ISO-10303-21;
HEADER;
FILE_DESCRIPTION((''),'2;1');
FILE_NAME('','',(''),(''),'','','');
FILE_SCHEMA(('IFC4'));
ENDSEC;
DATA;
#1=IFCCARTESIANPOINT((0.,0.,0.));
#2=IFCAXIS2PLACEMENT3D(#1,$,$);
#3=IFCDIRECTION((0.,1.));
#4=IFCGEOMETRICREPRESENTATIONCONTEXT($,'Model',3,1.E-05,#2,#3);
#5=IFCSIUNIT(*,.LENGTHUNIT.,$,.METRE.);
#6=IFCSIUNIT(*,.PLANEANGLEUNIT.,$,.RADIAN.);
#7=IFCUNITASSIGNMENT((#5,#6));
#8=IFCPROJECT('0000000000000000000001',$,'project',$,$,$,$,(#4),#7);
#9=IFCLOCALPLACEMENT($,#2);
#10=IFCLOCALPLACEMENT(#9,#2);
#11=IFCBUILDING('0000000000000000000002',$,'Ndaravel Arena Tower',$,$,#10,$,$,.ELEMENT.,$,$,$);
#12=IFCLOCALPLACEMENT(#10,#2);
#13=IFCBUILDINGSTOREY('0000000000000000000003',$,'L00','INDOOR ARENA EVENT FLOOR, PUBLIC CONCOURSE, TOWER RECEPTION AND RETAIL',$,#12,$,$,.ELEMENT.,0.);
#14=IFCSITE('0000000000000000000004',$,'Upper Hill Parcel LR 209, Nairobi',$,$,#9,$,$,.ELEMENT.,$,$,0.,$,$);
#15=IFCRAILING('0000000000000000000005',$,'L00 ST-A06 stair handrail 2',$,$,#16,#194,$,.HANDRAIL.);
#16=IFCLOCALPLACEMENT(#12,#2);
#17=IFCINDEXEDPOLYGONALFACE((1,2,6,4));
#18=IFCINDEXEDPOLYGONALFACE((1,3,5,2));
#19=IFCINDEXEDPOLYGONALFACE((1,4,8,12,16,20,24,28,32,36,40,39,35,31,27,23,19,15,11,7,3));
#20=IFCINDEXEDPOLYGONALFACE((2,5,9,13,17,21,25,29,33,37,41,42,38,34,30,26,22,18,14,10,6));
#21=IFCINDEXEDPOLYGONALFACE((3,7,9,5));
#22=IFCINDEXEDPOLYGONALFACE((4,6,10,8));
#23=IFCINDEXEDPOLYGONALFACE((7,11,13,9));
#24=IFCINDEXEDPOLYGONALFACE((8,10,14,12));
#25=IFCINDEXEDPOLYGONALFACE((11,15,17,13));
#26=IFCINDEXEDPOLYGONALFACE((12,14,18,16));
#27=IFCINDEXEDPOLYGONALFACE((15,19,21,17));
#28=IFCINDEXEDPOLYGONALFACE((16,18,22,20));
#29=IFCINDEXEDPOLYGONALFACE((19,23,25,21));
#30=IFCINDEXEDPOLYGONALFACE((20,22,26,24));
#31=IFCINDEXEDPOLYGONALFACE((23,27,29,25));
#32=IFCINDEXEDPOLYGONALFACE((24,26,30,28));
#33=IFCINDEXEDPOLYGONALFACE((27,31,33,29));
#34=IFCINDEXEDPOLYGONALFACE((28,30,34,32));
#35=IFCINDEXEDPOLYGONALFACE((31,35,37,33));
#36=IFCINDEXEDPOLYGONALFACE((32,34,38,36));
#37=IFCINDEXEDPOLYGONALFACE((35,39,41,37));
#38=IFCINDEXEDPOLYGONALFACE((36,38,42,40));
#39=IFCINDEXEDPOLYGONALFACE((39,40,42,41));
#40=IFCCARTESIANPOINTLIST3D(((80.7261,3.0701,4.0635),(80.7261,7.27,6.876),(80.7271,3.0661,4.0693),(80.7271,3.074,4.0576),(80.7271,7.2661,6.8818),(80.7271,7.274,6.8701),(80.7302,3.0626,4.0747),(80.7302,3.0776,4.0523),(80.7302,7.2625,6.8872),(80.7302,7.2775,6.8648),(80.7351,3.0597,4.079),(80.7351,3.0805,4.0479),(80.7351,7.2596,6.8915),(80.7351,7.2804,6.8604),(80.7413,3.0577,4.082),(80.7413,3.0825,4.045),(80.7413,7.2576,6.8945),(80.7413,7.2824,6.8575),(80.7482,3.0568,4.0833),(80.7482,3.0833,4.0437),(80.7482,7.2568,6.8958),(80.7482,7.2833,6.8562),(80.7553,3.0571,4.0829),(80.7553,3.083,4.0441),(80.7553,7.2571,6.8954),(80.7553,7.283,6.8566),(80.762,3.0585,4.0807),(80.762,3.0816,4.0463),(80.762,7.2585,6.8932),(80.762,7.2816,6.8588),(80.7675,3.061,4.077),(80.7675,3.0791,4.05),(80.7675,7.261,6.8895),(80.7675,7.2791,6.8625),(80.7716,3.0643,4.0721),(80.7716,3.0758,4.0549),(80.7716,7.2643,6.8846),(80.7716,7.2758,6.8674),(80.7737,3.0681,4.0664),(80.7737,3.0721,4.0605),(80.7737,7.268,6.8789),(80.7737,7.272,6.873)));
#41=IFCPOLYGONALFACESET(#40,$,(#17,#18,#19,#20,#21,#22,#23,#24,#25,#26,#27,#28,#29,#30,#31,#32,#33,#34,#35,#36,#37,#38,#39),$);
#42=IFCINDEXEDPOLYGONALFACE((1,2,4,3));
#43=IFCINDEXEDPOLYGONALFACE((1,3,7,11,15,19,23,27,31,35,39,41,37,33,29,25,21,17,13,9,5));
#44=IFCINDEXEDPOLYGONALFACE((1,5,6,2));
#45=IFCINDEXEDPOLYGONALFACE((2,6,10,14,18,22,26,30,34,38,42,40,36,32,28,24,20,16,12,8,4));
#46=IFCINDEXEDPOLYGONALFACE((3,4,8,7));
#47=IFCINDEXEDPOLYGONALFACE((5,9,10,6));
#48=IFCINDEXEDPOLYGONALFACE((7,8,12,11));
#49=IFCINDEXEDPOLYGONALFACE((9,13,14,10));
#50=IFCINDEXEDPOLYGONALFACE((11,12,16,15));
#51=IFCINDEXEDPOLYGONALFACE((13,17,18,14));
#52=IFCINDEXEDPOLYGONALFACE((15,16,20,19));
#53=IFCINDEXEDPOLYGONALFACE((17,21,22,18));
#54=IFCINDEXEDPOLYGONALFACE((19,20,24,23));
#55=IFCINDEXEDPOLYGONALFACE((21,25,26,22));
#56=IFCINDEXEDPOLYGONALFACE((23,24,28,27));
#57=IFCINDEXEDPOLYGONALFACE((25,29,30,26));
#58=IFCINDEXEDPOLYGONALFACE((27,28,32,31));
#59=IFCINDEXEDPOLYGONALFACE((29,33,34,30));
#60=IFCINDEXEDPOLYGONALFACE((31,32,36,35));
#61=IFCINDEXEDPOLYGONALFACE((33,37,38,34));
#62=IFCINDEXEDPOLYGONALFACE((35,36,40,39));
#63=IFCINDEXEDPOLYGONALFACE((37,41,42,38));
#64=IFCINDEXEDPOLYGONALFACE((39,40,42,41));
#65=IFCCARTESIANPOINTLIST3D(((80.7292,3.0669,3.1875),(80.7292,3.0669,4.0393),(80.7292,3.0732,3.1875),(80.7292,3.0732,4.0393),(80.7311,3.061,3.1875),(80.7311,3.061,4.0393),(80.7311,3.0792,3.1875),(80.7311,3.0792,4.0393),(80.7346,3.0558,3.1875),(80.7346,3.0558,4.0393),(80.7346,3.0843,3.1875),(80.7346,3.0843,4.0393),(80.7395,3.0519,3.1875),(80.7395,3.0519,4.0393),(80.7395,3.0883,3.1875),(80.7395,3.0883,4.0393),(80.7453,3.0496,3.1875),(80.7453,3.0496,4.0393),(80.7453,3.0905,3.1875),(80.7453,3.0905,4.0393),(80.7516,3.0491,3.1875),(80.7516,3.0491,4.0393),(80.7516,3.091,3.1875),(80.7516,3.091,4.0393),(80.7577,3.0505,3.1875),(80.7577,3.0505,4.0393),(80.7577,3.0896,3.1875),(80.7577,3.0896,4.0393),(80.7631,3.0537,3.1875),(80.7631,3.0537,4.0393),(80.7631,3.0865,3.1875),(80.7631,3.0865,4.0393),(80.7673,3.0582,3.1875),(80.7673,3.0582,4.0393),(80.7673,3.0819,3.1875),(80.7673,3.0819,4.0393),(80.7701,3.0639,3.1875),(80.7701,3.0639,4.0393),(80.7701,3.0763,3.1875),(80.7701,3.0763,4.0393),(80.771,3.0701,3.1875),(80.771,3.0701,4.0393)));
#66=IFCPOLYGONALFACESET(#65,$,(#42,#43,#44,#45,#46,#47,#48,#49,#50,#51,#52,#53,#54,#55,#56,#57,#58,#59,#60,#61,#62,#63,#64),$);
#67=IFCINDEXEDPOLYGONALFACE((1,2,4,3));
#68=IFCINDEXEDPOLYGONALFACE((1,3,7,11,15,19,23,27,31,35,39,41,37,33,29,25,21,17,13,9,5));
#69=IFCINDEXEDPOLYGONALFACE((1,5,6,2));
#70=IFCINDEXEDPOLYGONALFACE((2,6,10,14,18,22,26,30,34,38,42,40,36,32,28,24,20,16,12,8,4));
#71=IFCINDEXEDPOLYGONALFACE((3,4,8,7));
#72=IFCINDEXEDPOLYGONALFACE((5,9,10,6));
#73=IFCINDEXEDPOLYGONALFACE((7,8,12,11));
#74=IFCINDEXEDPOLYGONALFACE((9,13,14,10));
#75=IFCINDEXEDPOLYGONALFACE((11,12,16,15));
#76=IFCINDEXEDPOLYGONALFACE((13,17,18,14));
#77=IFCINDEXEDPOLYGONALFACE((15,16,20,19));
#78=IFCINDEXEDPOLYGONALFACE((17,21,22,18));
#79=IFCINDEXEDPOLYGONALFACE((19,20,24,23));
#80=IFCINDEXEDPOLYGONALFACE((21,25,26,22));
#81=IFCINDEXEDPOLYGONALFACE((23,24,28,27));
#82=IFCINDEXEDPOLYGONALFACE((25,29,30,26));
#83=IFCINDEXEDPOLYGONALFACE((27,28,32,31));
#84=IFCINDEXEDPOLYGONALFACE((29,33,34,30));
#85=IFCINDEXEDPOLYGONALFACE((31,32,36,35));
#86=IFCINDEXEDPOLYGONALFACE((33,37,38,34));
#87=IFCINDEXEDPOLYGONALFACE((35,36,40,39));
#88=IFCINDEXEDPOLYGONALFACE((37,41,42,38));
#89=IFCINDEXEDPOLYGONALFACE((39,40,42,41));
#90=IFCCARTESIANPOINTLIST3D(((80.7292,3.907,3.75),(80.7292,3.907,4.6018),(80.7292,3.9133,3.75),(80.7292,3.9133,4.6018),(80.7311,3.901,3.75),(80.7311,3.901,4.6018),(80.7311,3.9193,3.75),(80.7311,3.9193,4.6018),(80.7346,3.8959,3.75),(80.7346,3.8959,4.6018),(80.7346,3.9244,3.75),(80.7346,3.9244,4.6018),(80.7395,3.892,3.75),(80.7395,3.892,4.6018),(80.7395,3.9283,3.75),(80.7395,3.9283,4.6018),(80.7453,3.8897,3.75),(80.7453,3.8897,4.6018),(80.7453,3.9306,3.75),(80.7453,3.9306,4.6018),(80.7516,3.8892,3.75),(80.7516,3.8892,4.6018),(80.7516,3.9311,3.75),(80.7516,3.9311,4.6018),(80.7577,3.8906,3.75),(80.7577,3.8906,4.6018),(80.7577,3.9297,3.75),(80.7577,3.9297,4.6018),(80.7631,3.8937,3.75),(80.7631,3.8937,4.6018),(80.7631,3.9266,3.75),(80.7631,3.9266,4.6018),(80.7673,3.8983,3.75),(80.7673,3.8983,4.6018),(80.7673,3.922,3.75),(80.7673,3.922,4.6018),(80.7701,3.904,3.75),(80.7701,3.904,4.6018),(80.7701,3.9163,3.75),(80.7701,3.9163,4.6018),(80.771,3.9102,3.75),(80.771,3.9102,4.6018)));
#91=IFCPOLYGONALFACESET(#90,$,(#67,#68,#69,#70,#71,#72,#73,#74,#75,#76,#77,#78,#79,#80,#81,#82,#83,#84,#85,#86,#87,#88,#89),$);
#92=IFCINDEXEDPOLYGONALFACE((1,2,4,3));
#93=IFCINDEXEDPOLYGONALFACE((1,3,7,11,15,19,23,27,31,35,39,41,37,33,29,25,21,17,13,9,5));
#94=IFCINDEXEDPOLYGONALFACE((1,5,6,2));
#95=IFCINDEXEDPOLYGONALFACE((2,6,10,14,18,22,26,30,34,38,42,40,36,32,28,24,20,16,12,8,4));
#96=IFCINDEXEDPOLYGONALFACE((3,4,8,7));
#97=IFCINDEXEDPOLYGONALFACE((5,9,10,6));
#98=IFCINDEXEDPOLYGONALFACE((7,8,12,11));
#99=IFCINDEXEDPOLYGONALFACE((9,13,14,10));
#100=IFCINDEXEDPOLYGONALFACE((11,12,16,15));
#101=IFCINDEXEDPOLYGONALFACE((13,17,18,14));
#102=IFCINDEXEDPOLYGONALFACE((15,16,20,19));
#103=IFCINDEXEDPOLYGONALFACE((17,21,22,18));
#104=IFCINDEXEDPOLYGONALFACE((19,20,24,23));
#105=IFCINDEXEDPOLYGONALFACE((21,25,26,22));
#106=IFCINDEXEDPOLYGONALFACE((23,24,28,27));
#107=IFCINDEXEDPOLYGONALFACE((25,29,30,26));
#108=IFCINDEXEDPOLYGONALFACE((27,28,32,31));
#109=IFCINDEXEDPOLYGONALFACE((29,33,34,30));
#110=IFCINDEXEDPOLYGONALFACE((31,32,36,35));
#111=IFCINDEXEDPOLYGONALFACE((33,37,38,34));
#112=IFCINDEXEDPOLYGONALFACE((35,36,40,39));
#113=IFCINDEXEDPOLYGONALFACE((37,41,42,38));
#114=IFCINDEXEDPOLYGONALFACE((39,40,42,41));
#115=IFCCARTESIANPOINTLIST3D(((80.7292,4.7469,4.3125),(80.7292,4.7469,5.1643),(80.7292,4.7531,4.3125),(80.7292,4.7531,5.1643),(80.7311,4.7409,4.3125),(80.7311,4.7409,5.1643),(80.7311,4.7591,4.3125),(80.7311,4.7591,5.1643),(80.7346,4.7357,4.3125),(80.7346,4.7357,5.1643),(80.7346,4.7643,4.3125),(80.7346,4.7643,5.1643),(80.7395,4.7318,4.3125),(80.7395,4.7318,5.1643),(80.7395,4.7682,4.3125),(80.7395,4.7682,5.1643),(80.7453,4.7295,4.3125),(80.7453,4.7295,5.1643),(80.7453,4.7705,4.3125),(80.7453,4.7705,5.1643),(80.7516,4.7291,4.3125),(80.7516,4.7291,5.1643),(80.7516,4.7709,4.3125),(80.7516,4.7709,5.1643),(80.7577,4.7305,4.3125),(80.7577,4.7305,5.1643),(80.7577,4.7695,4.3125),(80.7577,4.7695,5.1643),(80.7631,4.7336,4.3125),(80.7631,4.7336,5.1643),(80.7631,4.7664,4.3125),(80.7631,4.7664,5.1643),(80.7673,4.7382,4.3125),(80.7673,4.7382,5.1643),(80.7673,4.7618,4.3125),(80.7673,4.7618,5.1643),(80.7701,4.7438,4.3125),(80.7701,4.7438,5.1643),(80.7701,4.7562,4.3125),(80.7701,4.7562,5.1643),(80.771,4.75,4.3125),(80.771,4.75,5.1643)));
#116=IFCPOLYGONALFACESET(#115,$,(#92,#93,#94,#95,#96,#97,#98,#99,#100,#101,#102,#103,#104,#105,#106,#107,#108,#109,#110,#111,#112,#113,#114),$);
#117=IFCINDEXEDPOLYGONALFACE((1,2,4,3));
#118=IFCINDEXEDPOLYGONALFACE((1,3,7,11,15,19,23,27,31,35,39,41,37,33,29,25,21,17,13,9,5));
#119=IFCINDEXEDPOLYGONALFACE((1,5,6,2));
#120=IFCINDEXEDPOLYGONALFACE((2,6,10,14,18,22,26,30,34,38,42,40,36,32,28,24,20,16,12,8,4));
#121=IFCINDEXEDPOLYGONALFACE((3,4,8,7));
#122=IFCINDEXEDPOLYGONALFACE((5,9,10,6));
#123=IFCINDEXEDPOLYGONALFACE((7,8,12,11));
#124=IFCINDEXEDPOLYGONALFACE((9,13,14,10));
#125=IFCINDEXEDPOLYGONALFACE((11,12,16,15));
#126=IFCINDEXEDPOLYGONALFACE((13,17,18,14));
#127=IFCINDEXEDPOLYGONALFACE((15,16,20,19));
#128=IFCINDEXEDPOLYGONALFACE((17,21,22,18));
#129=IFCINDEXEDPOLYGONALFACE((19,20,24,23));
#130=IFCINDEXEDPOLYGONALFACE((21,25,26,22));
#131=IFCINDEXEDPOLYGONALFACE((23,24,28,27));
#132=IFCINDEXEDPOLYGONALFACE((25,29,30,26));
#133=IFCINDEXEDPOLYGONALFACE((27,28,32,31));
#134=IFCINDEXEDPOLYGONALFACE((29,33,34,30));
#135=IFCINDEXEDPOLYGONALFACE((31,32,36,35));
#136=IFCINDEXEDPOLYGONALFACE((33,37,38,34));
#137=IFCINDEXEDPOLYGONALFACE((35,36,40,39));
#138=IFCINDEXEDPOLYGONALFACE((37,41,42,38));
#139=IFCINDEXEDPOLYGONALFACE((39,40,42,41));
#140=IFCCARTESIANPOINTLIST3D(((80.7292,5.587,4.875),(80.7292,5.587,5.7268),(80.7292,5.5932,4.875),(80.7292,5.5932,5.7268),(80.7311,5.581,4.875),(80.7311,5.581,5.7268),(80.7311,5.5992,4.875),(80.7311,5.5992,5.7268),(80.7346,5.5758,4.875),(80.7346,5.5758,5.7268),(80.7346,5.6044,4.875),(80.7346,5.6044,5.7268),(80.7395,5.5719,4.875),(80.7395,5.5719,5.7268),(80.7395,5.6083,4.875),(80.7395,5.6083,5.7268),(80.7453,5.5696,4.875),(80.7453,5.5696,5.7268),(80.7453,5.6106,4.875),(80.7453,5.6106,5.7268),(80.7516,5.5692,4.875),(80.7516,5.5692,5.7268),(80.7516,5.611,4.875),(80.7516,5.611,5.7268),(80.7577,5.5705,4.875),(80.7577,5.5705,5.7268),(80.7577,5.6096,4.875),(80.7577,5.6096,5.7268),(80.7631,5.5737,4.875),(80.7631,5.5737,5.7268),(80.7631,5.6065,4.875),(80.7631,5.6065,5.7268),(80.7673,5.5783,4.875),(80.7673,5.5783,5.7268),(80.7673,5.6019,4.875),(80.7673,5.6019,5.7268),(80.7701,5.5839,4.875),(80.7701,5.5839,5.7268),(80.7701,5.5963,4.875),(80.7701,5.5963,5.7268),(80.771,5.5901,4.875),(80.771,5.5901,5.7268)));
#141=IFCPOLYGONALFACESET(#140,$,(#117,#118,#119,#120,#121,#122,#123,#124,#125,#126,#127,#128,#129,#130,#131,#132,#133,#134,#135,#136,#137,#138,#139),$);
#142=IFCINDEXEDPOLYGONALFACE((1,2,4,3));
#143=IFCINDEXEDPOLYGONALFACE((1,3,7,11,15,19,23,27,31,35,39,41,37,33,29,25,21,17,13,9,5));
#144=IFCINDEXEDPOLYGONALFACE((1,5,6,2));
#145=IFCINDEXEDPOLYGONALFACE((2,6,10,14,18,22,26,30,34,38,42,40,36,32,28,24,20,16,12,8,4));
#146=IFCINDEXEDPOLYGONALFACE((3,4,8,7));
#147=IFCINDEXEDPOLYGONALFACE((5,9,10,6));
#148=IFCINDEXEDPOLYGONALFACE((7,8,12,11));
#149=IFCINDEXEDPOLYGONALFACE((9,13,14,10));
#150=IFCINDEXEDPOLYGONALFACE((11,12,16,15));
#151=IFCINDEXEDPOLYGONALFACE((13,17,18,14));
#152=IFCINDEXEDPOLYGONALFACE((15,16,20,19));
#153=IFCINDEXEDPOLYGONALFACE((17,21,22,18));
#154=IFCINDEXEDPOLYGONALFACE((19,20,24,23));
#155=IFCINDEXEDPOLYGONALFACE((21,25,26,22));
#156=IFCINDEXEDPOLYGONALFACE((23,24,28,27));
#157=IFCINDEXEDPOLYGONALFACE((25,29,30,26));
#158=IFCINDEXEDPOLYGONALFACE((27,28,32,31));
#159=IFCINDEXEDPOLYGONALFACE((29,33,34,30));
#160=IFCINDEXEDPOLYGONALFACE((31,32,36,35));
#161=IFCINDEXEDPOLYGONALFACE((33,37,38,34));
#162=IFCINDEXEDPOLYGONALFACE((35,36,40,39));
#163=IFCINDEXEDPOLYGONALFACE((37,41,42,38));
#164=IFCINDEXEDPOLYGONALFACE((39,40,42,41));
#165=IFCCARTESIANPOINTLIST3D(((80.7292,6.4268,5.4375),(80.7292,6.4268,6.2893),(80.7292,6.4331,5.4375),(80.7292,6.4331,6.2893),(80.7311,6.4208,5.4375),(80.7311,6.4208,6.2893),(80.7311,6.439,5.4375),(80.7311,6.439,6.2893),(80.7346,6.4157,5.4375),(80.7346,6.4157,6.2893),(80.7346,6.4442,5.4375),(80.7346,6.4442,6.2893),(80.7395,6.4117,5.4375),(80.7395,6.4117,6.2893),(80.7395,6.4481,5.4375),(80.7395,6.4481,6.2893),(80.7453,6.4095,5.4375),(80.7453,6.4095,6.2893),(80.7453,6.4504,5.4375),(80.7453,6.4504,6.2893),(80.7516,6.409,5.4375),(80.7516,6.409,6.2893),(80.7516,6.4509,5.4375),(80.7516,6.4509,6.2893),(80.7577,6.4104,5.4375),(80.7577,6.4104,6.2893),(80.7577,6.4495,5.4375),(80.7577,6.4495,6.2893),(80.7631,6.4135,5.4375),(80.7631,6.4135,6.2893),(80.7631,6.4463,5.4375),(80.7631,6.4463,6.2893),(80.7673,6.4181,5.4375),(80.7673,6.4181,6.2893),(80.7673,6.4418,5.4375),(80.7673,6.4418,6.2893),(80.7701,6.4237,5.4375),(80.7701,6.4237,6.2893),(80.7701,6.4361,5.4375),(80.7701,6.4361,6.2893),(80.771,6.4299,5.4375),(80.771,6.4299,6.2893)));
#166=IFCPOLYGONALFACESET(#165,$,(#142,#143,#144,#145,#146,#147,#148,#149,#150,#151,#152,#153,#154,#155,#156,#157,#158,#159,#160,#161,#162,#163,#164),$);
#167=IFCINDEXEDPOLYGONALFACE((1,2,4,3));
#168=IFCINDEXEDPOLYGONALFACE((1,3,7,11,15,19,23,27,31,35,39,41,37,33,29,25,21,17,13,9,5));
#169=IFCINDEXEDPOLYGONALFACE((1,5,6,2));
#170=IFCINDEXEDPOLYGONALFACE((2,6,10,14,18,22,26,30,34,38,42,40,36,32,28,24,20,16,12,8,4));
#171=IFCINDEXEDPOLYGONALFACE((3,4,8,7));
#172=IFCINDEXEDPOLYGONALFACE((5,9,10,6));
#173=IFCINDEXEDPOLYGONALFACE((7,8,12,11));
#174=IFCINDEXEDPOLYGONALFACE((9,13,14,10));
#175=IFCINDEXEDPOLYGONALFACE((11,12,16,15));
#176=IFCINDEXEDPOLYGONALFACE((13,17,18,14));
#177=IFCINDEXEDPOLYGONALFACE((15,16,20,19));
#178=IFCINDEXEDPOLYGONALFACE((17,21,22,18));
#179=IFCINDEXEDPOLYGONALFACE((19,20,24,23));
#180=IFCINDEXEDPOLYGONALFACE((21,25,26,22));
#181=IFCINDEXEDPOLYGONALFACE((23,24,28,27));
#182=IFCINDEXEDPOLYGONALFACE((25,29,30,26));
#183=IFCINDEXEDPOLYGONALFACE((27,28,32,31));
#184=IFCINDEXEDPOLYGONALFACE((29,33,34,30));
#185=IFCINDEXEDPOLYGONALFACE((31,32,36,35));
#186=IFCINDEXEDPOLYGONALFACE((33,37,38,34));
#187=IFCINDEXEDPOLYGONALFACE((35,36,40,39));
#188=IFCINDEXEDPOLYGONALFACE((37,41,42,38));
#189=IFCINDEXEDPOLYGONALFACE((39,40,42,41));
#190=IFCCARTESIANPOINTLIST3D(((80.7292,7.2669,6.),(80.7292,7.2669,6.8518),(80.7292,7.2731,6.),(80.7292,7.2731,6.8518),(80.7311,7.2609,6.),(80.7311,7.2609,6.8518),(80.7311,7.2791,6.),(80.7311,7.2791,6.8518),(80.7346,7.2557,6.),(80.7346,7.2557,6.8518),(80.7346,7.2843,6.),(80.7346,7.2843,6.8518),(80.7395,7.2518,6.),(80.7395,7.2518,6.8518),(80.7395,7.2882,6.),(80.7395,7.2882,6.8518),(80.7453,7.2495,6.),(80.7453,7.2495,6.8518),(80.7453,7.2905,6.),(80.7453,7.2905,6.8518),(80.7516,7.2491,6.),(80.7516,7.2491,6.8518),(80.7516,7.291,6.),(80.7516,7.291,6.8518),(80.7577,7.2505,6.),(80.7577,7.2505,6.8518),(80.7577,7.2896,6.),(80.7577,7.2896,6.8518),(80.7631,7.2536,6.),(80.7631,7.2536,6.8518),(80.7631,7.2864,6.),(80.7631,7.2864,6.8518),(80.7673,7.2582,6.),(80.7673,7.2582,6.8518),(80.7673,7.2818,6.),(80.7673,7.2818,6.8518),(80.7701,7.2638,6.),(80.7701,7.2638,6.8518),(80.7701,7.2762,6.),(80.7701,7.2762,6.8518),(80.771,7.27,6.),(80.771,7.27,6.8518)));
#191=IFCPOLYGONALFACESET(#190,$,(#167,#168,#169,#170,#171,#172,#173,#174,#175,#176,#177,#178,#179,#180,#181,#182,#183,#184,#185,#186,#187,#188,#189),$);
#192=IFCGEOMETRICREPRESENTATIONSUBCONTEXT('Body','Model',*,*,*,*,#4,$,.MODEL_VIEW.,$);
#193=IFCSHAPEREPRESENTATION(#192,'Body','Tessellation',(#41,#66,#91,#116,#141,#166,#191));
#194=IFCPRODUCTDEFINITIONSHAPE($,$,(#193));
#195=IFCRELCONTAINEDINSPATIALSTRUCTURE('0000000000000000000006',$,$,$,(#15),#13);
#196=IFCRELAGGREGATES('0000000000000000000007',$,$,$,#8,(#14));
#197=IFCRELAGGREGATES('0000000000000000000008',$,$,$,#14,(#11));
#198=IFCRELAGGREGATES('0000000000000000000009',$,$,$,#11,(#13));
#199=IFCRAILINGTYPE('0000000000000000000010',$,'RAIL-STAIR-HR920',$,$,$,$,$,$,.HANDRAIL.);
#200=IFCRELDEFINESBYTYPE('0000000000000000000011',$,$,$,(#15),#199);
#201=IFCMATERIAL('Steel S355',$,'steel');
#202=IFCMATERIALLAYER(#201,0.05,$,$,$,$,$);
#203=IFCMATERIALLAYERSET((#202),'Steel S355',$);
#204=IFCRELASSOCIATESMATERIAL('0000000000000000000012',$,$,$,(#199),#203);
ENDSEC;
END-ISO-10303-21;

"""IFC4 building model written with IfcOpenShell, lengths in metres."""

from ifc_helpers import new_model, si_unit, direction, frame, origin, origin_2d, place, context, subcontext, project, spatial, circle, extrude, material, layer, layer_set, type_object, element, save


model = new_model("IFC4")

# Units and contexts
model_context = context("Model", 3, precision=1e-05, world=origin(), true_north=direction((0.0, 1.0)))
body_context = subcontext(model_context, "Body", "Model", "MODEL_VIEW")
ifc_project = project(units=[si_unit("LENGTHUNIT", "METRE"), si_unit("PLANEANGLEUNIT", "RADIAN")], contexts=[model_context])

# Site, building, storey
site_placement = place(None, origin())
site = spatial("IfcSite", under=ifc_project, at=site_placement, Name="Upper Hill Parcel LR 209, Nairobi", CompositionType="ELEMENT", RefElevation=0.0)
building_placement = place(site_placement, origin())
building = spatial("IfcBuilding", under=site, at=building_placement, Name="Ndaravel Arena Tower", CompositionType="ELEMENT")
storey_placement = place(building_placement, origin())
storey = spatial("IfcBuildingStorey", under=building, at=storey_placement, Name="L00", Description="INDOOR ARENA EVENT FLOOR, PUBLIC CONCOURSE, TOWER RECEPTION AND RETAIL", CompositionType="ELEMENT", Elevation=0.0)

# Railing
ifc_material_1 = material(Name="Steel S355", Category="steel")
ifc_layer_1 = layer(ifc_material_1, 0.05)
ifc_layer_set_1 = layer_set([ifc_layer_1], Name="Steel S355")
railing_type_1 = type_object("IfcRailingType", Name="RAIL-STAIR-HR920", PredefinedType="HANDRAIL", material=ifc_layer_set_1)
railing_1_placement = place(storey_placement, frame((80.75, 3.0701, 3.1875)))
element("IfcRailing", 1, at=railing_1_placement, inside=storey, type_object=railing_type_1, Name="L00 ST-A06 stair handrail 2", PredefinedType="HANDRAIL", context=body_context, shape_type="SweptSolid", body=[
    extrude(circle(Radius=0.0239, at=origin_2d()), frame((0.0, 0.0, 0.876), z_axis=(0.0, 0.830904, 0.556416), x_axis=(-1.0, 0.0, 0.0)), (0.0, 0.0, 1.0), 5.0547),
    extrude(circle(Radius=0.021, at=origin_2d()), origin(), (0.0, 0.0, 1.0), 0.8518),
    extrude(circle(Radius=0.021, at=origin_2d()), frame((0.0, 0.8401, 0.5625)), (0.0, 0.0, 1.0), 0.8518),
    extrude(circle(Radius=0.021, at=origin_2d()), frame((0.0, 1.6799, 1.125)), (0.0, 0.0, 1.0), 0.8518),
    extrude(circle(Radius=0.021, at=origin_2d()), frame((0.0, 2.52, 1.6875)), (0.0, 0.0, 1.0), 0.8518),
    extrude(circle(Radius=0.021, at=origin_2d()), frame((0.0, 3.3599, 2.25)), (0.0, 0.0, 1.0), 0.8518),
    extrude(circle(Radius=0.021, at=origin_2d()), frame((0.0, 4.2, 2.8125)), (0.0, 0.0, 1.0), 0.8518),
])

save(model, "model.ifc")
